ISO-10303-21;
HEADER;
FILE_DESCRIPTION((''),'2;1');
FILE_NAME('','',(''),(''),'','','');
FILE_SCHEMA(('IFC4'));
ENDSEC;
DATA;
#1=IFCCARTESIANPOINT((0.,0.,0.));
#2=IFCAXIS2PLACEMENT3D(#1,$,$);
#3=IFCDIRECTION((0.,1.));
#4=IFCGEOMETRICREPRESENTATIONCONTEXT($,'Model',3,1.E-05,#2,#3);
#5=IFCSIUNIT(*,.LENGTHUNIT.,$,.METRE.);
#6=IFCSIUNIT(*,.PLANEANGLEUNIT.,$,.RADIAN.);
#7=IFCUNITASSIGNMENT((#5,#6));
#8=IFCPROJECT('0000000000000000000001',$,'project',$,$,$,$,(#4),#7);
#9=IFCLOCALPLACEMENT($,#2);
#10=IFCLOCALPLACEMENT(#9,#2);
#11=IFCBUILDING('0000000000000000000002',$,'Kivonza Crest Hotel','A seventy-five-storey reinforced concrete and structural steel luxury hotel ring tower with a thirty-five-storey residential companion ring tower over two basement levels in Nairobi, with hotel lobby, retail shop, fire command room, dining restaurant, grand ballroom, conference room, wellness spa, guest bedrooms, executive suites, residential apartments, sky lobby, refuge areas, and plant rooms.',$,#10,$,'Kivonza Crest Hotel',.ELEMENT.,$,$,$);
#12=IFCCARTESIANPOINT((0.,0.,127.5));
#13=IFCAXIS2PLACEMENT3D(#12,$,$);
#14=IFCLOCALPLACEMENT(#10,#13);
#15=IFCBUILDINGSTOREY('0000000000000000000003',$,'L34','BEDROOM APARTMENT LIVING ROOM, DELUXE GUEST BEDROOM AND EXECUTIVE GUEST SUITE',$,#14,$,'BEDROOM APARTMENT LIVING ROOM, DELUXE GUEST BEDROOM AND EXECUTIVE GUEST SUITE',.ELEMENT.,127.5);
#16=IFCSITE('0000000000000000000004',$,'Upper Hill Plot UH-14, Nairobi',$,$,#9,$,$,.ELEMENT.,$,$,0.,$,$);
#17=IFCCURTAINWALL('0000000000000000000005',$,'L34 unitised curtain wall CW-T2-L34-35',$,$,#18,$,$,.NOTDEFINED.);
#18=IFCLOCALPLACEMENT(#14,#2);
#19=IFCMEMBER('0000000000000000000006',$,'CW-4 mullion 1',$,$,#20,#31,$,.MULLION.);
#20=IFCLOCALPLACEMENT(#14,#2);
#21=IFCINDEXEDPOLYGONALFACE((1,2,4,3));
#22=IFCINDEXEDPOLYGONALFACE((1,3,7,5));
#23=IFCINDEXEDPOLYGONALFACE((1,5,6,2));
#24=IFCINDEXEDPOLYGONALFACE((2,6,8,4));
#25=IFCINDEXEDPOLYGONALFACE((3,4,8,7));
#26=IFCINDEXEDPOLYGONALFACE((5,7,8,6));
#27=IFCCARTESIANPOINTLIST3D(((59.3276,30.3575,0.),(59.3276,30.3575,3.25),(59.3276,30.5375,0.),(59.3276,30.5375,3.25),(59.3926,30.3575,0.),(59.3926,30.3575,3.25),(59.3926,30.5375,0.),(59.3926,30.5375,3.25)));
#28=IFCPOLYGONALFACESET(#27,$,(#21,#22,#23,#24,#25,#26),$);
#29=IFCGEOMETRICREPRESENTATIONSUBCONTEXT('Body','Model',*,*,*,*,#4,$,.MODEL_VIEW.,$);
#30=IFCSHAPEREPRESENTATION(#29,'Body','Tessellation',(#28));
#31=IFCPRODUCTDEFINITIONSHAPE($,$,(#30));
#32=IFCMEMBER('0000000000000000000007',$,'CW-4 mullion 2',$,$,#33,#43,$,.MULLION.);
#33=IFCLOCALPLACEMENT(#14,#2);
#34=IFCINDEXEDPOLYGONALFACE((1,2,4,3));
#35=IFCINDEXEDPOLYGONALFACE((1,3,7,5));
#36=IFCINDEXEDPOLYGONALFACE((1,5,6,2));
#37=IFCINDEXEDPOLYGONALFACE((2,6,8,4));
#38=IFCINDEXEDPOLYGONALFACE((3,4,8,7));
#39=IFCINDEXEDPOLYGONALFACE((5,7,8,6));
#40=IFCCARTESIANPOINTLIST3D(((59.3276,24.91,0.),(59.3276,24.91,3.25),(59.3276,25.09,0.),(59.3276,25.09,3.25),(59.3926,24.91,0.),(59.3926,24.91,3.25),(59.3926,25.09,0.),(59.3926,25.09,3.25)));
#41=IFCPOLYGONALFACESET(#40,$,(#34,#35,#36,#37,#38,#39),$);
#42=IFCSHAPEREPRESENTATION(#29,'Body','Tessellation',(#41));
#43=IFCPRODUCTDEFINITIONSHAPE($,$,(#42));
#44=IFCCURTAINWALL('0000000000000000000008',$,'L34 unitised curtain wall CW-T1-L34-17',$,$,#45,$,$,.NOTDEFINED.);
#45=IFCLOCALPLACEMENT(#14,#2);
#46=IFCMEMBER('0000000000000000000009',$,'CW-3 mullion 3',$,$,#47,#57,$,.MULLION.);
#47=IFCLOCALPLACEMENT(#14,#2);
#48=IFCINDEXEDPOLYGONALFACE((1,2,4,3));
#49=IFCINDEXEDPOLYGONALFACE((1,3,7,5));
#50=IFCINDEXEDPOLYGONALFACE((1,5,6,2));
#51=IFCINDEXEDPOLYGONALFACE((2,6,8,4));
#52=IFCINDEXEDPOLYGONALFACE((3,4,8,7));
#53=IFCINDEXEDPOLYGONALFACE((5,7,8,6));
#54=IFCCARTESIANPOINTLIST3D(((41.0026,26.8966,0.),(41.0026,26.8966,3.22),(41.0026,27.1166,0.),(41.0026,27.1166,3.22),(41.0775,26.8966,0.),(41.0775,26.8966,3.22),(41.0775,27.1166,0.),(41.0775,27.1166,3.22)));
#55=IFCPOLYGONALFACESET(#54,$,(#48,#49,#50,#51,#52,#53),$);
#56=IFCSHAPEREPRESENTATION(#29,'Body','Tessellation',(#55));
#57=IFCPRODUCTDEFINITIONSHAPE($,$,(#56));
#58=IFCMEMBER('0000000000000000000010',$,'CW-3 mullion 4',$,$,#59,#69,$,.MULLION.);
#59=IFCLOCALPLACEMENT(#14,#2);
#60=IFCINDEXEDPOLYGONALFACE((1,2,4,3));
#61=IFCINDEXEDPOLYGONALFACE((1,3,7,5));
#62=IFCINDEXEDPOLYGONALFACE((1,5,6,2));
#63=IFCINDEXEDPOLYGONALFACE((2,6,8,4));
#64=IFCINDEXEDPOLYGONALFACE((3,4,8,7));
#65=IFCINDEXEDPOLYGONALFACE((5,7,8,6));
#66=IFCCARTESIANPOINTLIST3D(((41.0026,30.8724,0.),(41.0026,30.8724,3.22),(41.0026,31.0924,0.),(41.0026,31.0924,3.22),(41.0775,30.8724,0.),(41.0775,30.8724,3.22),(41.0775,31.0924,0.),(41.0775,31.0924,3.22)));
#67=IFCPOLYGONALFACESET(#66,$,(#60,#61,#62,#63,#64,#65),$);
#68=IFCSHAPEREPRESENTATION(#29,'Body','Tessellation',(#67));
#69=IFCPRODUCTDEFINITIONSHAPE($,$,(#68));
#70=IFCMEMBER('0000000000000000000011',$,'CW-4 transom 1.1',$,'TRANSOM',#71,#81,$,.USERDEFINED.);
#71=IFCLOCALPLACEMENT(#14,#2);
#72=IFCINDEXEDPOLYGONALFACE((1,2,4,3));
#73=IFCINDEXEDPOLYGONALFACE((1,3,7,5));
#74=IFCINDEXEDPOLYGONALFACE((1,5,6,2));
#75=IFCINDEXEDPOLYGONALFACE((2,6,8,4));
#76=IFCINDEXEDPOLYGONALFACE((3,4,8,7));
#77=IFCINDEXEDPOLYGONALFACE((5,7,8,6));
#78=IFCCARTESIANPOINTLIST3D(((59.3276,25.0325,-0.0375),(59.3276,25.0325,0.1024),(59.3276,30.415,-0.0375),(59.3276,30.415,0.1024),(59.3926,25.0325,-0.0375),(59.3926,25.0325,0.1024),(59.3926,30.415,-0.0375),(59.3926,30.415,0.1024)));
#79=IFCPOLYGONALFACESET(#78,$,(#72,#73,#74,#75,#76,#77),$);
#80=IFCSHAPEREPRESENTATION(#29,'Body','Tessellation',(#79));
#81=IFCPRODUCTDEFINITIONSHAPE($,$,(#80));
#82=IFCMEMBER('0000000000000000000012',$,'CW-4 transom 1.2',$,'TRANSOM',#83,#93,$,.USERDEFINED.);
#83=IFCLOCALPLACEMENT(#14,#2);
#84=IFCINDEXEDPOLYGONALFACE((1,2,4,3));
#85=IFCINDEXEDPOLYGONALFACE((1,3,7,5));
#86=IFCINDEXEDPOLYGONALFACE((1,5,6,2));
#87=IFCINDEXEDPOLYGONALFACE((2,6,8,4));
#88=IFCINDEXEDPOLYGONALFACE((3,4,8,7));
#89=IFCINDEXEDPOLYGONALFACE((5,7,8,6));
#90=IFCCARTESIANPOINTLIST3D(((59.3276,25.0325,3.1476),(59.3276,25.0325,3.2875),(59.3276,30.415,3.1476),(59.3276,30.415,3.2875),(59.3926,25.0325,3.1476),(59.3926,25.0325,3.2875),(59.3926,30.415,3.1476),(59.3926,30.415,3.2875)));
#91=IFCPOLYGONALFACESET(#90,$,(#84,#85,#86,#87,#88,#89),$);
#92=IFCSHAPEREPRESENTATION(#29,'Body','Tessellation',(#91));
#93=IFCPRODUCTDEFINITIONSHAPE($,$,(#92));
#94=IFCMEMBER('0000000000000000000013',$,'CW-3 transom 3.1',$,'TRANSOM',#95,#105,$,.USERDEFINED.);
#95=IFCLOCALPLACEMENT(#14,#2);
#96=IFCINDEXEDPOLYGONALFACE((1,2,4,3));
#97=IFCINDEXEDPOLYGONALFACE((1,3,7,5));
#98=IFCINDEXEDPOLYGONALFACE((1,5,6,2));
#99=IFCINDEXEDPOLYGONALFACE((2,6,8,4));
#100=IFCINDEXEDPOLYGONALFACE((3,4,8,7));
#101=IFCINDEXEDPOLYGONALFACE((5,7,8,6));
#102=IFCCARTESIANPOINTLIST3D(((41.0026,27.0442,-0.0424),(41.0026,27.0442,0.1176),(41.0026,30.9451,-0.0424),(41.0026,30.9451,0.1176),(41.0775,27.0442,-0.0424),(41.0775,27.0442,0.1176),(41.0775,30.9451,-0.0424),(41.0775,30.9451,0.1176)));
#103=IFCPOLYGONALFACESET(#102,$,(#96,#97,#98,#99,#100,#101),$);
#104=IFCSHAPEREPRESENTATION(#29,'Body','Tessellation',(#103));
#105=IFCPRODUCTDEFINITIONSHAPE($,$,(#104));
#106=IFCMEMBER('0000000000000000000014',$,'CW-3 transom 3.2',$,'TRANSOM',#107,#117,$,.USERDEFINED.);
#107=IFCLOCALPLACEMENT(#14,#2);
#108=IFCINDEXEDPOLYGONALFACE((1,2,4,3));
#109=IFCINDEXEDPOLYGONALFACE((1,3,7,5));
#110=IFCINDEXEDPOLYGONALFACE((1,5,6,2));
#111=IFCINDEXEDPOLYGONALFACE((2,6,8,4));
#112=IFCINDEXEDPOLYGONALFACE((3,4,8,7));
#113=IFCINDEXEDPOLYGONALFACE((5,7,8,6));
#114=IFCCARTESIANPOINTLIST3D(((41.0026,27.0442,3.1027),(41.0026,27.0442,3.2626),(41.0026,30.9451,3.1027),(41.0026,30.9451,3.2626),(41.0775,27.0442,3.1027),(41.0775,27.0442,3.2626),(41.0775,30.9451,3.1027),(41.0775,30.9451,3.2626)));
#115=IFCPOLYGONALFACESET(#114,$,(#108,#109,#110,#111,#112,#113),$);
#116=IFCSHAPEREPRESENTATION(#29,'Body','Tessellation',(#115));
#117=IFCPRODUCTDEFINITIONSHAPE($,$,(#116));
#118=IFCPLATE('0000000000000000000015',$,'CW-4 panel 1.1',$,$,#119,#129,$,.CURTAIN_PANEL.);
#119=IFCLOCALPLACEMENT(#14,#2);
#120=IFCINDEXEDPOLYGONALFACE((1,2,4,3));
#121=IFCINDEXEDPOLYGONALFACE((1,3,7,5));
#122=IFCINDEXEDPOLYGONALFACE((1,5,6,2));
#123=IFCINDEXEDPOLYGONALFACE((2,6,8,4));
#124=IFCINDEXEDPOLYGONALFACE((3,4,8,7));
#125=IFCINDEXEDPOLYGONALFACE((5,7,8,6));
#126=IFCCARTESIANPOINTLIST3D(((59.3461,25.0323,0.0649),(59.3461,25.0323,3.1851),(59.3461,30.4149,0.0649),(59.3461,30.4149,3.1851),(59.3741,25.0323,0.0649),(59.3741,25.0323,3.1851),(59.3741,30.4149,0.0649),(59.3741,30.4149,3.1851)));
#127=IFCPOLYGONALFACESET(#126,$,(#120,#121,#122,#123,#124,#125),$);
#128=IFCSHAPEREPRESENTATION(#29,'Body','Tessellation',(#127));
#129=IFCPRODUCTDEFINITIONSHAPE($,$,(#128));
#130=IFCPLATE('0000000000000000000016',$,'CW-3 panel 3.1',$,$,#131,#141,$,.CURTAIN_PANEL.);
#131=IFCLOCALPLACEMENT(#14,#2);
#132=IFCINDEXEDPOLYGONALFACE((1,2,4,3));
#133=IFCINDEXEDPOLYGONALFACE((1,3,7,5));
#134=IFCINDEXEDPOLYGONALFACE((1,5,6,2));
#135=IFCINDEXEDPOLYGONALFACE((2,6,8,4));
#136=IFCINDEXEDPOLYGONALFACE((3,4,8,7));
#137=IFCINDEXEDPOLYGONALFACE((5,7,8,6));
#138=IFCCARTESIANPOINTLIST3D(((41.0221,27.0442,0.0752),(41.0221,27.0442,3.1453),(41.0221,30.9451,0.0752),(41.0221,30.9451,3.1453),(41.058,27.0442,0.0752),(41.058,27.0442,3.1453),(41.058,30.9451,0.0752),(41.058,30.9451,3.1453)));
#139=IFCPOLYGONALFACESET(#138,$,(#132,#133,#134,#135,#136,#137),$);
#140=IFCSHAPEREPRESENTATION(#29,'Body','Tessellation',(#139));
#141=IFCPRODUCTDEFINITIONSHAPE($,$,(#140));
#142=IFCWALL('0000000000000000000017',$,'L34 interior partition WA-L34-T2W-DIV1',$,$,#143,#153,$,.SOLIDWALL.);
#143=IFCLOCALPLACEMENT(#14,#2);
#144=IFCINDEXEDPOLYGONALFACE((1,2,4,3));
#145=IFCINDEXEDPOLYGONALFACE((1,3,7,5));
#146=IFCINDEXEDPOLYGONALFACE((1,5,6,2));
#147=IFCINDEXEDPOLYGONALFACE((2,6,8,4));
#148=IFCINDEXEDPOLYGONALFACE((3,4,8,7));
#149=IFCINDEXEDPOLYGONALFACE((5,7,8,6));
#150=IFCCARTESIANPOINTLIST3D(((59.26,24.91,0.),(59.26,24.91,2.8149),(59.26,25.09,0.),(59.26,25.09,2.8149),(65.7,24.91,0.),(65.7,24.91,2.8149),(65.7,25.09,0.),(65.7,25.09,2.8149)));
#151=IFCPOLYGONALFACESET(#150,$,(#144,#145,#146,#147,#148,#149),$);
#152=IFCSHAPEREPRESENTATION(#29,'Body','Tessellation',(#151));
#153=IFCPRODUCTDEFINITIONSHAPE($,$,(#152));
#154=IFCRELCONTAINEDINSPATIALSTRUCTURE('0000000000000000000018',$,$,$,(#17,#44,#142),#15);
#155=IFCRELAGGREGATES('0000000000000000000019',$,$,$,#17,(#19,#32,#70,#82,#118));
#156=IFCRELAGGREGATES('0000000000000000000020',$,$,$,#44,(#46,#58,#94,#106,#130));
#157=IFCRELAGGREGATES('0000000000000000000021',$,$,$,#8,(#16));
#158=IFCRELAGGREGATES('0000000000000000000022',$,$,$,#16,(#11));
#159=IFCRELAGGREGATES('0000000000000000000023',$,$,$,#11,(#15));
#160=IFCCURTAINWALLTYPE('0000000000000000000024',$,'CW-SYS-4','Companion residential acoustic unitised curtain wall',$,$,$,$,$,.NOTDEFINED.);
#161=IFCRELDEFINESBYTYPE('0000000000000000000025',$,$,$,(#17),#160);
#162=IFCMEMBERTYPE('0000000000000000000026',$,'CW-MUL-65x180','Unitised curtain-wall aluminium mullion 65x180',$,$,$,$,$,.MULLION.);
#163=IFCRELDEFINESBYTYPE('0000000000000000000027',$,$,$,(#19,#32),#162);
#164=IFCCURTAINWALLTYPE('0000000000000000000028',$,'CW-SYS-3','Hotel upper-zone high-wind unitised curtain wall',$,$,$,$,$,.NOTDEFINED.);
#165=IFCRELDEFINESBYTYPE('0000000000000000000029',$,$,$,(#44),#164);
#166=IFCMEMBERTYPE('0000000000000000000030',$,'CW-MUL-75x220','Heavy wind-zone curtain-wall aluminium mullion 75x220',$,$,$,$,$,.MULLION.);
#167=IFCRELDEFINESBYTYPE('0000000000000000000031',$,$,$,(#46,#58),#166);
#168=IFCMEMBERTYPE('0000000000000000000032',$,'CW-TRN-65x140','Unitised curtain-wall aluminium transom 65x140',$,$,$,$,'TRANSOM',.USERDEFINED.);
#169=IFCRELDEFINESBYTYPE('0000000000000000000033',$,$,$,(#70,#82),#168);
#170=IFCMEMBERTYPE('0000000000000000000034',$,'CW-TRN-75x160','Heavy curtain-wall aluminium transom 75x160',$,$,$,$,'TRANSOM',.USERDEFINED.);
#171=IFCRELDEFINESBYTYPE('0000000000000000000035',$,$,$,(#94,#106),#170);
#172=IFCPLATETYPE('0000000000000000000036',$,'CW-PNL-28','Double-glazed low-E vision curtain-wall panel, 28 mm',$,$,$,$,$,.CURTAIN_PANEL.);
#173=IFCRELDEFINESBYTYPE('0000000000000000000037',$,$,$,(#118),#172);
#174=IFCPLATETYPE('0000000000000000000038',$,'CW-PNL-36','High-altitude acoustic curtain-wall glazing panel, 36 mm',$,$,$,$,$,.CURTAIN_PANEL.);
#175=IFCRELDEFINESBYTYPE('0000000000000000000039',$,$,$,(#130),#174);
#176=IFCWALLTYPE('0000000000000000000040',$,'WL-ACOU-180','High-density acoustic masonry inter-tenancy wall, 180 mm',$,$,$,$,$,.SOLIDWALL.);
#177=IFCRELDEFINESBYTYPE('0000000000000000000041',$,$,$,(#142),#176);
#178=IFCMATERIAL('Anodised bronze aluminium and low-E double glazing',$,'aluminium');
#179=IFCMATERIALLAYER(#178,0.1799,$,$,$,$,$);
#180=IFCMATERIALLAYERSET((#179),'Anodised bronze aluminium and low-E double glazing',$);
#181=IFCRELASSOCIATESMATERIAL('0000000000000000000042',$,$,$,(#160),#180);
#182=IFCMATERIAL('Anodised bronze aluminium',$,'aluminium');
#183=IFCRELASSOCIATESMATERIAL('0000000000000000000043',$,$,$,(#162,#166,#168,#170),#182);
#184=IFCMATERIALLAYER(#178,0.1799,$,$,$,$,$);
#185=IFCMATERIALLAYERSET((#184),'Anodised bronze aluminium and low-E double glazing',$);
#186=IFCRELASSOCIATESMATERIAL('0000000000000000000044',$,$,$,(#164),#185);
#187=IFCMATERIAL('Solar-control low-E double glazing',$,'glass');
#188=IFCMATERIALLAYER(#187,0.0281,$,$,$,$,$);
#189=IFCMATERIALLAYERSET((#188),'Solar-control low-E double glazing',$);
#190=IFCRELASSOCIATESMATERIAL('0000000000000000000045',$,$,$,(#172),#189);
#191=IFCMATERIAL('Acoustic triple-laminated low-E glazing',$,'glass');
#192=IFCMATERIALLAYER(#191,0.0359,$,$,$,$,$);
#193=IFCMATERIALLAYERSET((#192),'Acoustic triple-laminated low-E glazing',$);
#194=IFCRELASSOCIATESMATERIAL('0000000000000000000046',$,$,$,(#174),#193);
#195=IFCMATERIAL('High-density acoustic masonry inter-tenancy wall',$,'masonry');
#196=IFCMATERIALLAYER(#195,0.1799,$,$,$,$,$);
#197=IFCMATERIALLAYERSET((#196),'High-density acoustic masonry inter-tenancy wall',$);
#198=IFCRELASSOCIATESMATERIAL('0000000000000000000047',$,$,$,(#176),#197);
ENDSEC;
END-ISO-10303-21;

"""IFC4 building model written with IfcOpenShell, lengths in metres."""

from ifc_helpers import new_model, si_unit, direction, frame, frame_2d, origin, origin_2d, place, context, subcontext, project, spatial, rectangle, extrude, material, layer, layer_set, material_profile, profile_set, type_object, element, aggregate, save


model = new_model("IFC4")

# Units and contexts
model_context = context("Model", 3, precision=1e-05, world=origin(), true_north=direction((0.0, 1.0)))
body_context = subcontext(model_context, "Body", "Model", "MODEL_VIEW")
ifc_project = project(units=[si_unit("LENGTHUNIT", "METRE"), si_unit("PLANEANGLEUNIT", "RADIAN")], contexts=[model_context])

# Site, building, storey
site_placement = place(None, origin())
site = spatial("IfcSite", under=ifc_project, at=site_placement, Name="Upper Hill Plot UH-14, Nairobi", CompositionType="ELEMENT", RefElevation=0.0)
building_placement = place(site_placement, origin())
building = spatial("IfcBuilding", under=site, at=building_placement, Name="Kivonza Crest Hotel", Description="A seventy-five-storey reinforced concrete and structural steel luxury hotel ring tower with a thirty-five-storey residential companion ring tower over two basement levels in Nairobi, with hotel lobby, retail shop, fire command room, dining restaurant, grand ballroom, conference room, wellness spa, guest bedrooms, executive suites, residential apartments, sky lobby, refuge areas, and plant rooms.", LongName="Kivonza Crest Hotel", CompositionType="ELEMENT")
storey_placement = place(building_placement, frame((0.0, 0.0, 127.5)))
storey = spatial("IfcBuildingStorey", under=building, at=storey_placement, Name="L34", Description="BEDROOM APARTMENT LIVING ROOM, DELUXE GUEST BEDROOM AND EXECUTIVE GUEST SUITE", LongName="BEDROOM APARTMENT LIVING ROOM, DELUXE GUEST BEDROOM AND EXECUTIVE GUEST SUITE", CompositionType="ELEMENT", Elevation=127.5)

# Curtain walls, members
ifc_material_1 = material(Name="Anodised bronze aluminium and low-E double glazing", Category="aluminium")
ifc_layer_1 = layer(ifc_material_1, 0.1799)
ifc_layer_set_1 = layer_set([ifc_layer_1], Name="Anodised bronze aluminium and low-E double glazing")
curtain_wall_type_1 = type_object("IfcCurtainWallType", Name="CW-SYS-4", Description="Companion residential acoustic unitised curtain wall", PredefinedType="NOTDEFINED", material=ifc_layer_set_1)
curtain_wall_1_placement = place(storey_placement, origin())
curtain_wall_1 = element("IfcCurtainWall", 1, at=curtain_wall_1_placement, inside=storey, type_object=curtain_wall_type_1, Name="L34 unitised curtain wall CW-T2-L34-35", PredefinedType="NOTDEFINED")
ifc_material_2 = material(Name="Anodised bronze aluminium", Category="aluminium")
ifc_material_profile_1 = material_profile(ifc_material_2, rectangle(XDim=0.0649, YDim=0.1799, at=origin_2d()), Name="CW-M 65x180")
ifc_profile_set_1 = profile_set([ifc_material_profile_1], Name="Anodised bronze aluminium")
member_type_1 = type_object("IfcMemberType", Name="CW-MUL-65x180", Description="Unitised curtain-wall aluminium mullion 65x180", PredefinedType="MULLION", material=ifc_profile_set_1)
member_1_placement = place(storey_placement, frame((59.3601, 30.4475, 0.0), z_axis=(0.0, 0.0, 1.0), x_axis=(1.0, 0.0, 0.0)))
member_1 = element("IfcMember", 2, at=member_1_placement, type_object=member_type_1, Name="CW-4 mullion 1", PredefinedType="MULLION", context=body_context, shape_type="SweptSolid", body=[
    extrude(rectangle(XDim=0.0649, YDim=0.1799, at=origin_2d()), origin(), (0.0, 0.0, 1.0), 3.25),
])
member_2_placement = place(storey_placement, frame((59.3601, 25.0, 0.0), z_axis=(0.0, 0.0, 1.0), x_axis=(1.0, 0.0, 0.0)))
member_2 = element("IfcMember", 3, at=member_2_placement, type_object=member_type_1, Name="CW-4 mullion 2", PredefinedType="MULLION", context=body_context, shape_type="SweptSolid", body=[
    extrude(rectangle(XDim=0.0649, YDim=0.1799, at=origin_2d()), origin(), (0.0, 0.0, 1.0), 3.25),
])
ifc_layer_2 = layer(ifc_material_1, 0.1799)
ifc_layer_set_2 = layer_set([ifc_layer_2], Name="Anodised bronze aluminium and low-E double glazing")
curtain_wall_type_2 = type_object("IfcCurtainWallType", Name="CW-SYS-3", Description="Hotel upper-zone high-wind unitised curtain wall", PredefinedType="NOTDEFINED", material=ifc_layer_set_2)
curtain_wall_2_placement = place(storey_placement, origin())
curtain_wall_2 = element("IfcCurtainWall", 4, at=curtain_wall_2_placement, inside=storey, type_object=curtain_wall_type_2, Name="L34 unitised curtain wall CW-T1-L34-17", PredefinedType="NOTDEFINED")
ifc_material_profile_2 = material_profile(ifc_material_2, rectangle(XDim=0.075, YDim=0.22, at=origin_2d()), Name="CW-M 75x220")
ifc_profile_set_2 = profile_set([ifc_material_profile_2], Name="Anodised bronze aluminium")
member_type_2 = type_object("IfcMemberType", Name="CW-MUL-75x220", Description="Heavy wind-zone curtain-wall aluminium mullion 75x220", PredefinedType="MULLION", material=ifc_profile_set_2)
member_3_placement = place(storey_placement, frame((41.04, 27.0066, 0.0), z_axis=(0.0, 0.0, 1.0), x_axis=(-1.0, 0.0, 0.0)))
member_3 = element("IfcMember", 5, at=member_3_placement, type_object=member_type_2, Name="CW-3 mullion 3", PredefinedType="MULLION", context=body_context, shape_type="SweptSolid", body=[
    extrude(rectangle(XDim=0.075, YDim=0.22, at=origin_2d()), origin(), (0.0, 0.0, 1.0), 3.22),
])
member_4_placement = place(storey_placement, frame((41.04, 30.9824, 0.0), z_axis=(0.0, 0.0, 1.0), x_axis=(-1.0, 0.0, 0.0)))
member_4 = element("IfcMember", 6, at=member_4_placement, type_object=member_type_2, Name="CW-3 mullion 4", PredefinedType="MULLION", context=body_context, shape_type="SweptSolid", body=[
    extrude(rectangle(XDim=0.075, YDim=0.22, at=origin_2d()), origin(), (0.0, 0.0, 1.0), 3.22),
])

# Members
ifc_material_profile_3 = material_profile(ifc_material_2, rectangle(XDim=0.0649, YDim=0.1399, at=origin_2d()), Name="CW-T 65x140")
ifc_profile_set_3 = profile_set([ifc_material_profile_3], Name="Anodised bronze aluminium")
member_type_3 = type_object("IfcMemberType", Name="CW-TRN-65x140", Description="Unitised curtain-wall aluminium transom 65x140", ElementType="TRANSOM", PredefinedType="USERDEFINED", material=ifc_profile_set_3)
member_5_placement = place(storey_placement, frame((59.3601, 30.415, 0.0325), z_axis=(0.0, -1.0, 0.0), x_axis=(1.0, 0.0, 0.0)))
member_5 = element("IfcMember", 7, at=member_5_placement, type_object=member_type_3, Name="CW-4 transom 1.1", ObjectType="TRANSOM", PredefinedType="USERDEFINED", context=body_context, shape_type="SweptSolid", body=[
    extrude(rectangle(XDim=0.0649, YDim=0.1399, at=origin_2d()), origin(), (0.0, 0.0, 1.0), 5.3826),
])
member_6_placement = place(storey_placement, frame((59.3601, 30.415, 3.2175), z_axis=(0.0, -1.0, 0.0), x_axis=(1.0, 0.0, 0.0)))
member_6 = element("IfcMember", 8, at=member_6_placement, type_object=member_type_3, Name="CW-4 transom 1.2", ObjectType="TRANSOM", PredefinedType="USERDEFINED", context=body_context, shape_type="SweptSolid", body=[
    extrude(rectangle(XDim=0.0649, YDim=0.1399, at=origin_2d()), origin(), (0.0, 0.0, 1.0), 5.3826),
])
ifc_material_profile_4 = material_profile(ifc_material_2, rectangle(XDim=0.075, YDim=0.1599, at=origin_2d()), Name="CW-T 75x160")
ifc_profile_set_4 = profile_set([ifc_material_profile_4], Name="Anodised bronze aluminium")
member_type_4 = type_object("IfcMemberType", Name="CW-TRN-75x160", Description="Heavy curtain-wall aluminium transom 75x160", ElementType="TRANSOM", PredefinedType="USERDEFINED", material=ifc_profile_set_4)
member_7_placement = place(storey_placement, frame((41.04, 27.0442, 0.0376), z_axis=(0.0, 1.0, 0.0), x_axis=(-1.0, 0.0, 0.0)))
member_7 = element("IfcMember", 9, at=member_7_placement, type_object=member_type_4, Name="CW-3 transom 3.1", ObjectType="TRANSOM", PredefinedType="USERDEFINED", context=body_context, shape_type="SweptSolid", body=[
    extrude(rectangle(XDim=0.075, YDim=0.1599, at=origin_2d()), origin(), (0.0, 0.0, 1.0), 3.9009),
])
member_8_placement = place(storey_placement, frame((41.04, 27.0442, 3.1826), z_axis=(0.0, 1.0, 0.0), x_axis=(-1.0, 0.0, 0.0)))
member_8 = element("IfcMember", 10, at=member_8_placement, type_object=member_type_4, Name="CW-3 transom 3.2", ObjectType="TRANSOM", PredefinedType="USERDEFINED", context=body_context, shape_type="SweptSolid", body=[
    extrude(rectangle(XDim=0.075, YDim=0.1599, at=origin_2d()), origin(), (0.0, 0.0, 1.0), 3.9009),
])

# Plates
ifc_material_3 = material(Name="Solar-control low-E double glazing", Category="glass")
ifc_layer_3 = layer(ifc_material_3, 0.0281)
ifc_layer_set_3 = layer_set([ifc_layer_3], Name="Solar-control low-E double glazing")
plate_type_1 = type_object("IfcPlateType", Name="CW-PNL-28", Description="Double-glazed low-E vision curtain-wall panel, 28 mm", PredefinedType="CURTAIN_PANEL", material=ifc_layer_set_3)
plate_1_placement = place(storey_placement, frame((59.3601, 27.7236, 0.0649), z_axis=(0.0, 0.0, 1.0), x_axis=(0.0, -1.0, 0.0)))
plate_1 = element("IfcPlate", 11, at=plate_1_placement, type_object=plate_type_1, Name="CW-4 panel 1.1", PredefinedType="CURTAIN_PANEL", context=body_context, shape_type="SweptSolid", body=[
    extrude(rectangle(XDim=5.3826, YDim=0.0281, at=origin_2d()), origin(), (0.0, 0.0, 1.0), 3.1201),
])
aggregate(curtain_wall_1, [member_1, member_2, member_5, member_6, plate_1])
ifc_material_4 = material(Name="Acoustic triple-laminated low-E glazing", Category="glass")
ifc_layer_4 = layer(ifc_material_4, 0.0359)
ifc_layer_set_4 = layer_set([ifc_layer_4], Name="Acoustic triple-laminated low-E glazing")
plate_type_2 = type_object("IfcPlateType", Name="CW-PNL-36", Description="High-altitude acoustic curtain-wall glazing panel, 36 mm", PredefinedType="CURTAIN_PANEL", material=ifc_layer_set_4)
plate_2_placement = place(storey_placement, frame((41.04, 28.9946, 0.0752), z_axis=(0.0, 0.0, 1.0), x_axis=(0.0, 1.0, 0.0)))
plate_2 = element("IfcPlate", 12, at=plate_2_placement, type_object=plate_type_2, Name="CW-3 panel 3.1", PredefinedType="CURTAIN_PANEL", context=body_context, shape_type="SweptSolid", body=[
    extrude(rectangle(XDim=3.9009, YDim=0.0359, at=origin_2d()), origin(), (0.0, 0.0, 1.0), 3.0701),
])
aggregate(curtain_wall_2, [member_3, member_4, member_7, member_8, plate_2])

# Wall
ifc_material_5 = material(Name="High-density acoustic masonry inter-tenancy wall", Category="masonry")
ifc_layer_5 = layer(ifc_material_5, 0.1799)
ifc_layer_set_5 = layer_set([ifc_layer_5], Name="High-density acoustic masonry inter-tenancy wall")
wall_type_1 = type_object("IfcWallType", Name="WL-ACOU-180", Description="High-density acoustic masonry inter-tenancy wall, 180 mm", PredefinedType="SOLIDWALL", material=ifc_layer_set_5)
wall_1_placement = place(storey_placement, frame((59.26, 25.0, 0.0), z_axis=(0.0, 0.0, 1.0), x_axis=(1.0, 0.0, 0.0)))
element("IfcWall", 13, at=wall_1_placement, inside=storey, type_object=wall_type_1, Name="L34 interior partition WA-L34-T2W-DIV1", PredefinedType="SOLIDWALL", context=body_context, shape_type="SweptSolid", body=[
    extrude(rectangle(XDim=6.4399, YDim=0.1799, at=frame_2d((3.22, 0.0))), origin(), (0.0, 0.0, 1.0), 2.8149),
])

save(model, "model.ifc")
